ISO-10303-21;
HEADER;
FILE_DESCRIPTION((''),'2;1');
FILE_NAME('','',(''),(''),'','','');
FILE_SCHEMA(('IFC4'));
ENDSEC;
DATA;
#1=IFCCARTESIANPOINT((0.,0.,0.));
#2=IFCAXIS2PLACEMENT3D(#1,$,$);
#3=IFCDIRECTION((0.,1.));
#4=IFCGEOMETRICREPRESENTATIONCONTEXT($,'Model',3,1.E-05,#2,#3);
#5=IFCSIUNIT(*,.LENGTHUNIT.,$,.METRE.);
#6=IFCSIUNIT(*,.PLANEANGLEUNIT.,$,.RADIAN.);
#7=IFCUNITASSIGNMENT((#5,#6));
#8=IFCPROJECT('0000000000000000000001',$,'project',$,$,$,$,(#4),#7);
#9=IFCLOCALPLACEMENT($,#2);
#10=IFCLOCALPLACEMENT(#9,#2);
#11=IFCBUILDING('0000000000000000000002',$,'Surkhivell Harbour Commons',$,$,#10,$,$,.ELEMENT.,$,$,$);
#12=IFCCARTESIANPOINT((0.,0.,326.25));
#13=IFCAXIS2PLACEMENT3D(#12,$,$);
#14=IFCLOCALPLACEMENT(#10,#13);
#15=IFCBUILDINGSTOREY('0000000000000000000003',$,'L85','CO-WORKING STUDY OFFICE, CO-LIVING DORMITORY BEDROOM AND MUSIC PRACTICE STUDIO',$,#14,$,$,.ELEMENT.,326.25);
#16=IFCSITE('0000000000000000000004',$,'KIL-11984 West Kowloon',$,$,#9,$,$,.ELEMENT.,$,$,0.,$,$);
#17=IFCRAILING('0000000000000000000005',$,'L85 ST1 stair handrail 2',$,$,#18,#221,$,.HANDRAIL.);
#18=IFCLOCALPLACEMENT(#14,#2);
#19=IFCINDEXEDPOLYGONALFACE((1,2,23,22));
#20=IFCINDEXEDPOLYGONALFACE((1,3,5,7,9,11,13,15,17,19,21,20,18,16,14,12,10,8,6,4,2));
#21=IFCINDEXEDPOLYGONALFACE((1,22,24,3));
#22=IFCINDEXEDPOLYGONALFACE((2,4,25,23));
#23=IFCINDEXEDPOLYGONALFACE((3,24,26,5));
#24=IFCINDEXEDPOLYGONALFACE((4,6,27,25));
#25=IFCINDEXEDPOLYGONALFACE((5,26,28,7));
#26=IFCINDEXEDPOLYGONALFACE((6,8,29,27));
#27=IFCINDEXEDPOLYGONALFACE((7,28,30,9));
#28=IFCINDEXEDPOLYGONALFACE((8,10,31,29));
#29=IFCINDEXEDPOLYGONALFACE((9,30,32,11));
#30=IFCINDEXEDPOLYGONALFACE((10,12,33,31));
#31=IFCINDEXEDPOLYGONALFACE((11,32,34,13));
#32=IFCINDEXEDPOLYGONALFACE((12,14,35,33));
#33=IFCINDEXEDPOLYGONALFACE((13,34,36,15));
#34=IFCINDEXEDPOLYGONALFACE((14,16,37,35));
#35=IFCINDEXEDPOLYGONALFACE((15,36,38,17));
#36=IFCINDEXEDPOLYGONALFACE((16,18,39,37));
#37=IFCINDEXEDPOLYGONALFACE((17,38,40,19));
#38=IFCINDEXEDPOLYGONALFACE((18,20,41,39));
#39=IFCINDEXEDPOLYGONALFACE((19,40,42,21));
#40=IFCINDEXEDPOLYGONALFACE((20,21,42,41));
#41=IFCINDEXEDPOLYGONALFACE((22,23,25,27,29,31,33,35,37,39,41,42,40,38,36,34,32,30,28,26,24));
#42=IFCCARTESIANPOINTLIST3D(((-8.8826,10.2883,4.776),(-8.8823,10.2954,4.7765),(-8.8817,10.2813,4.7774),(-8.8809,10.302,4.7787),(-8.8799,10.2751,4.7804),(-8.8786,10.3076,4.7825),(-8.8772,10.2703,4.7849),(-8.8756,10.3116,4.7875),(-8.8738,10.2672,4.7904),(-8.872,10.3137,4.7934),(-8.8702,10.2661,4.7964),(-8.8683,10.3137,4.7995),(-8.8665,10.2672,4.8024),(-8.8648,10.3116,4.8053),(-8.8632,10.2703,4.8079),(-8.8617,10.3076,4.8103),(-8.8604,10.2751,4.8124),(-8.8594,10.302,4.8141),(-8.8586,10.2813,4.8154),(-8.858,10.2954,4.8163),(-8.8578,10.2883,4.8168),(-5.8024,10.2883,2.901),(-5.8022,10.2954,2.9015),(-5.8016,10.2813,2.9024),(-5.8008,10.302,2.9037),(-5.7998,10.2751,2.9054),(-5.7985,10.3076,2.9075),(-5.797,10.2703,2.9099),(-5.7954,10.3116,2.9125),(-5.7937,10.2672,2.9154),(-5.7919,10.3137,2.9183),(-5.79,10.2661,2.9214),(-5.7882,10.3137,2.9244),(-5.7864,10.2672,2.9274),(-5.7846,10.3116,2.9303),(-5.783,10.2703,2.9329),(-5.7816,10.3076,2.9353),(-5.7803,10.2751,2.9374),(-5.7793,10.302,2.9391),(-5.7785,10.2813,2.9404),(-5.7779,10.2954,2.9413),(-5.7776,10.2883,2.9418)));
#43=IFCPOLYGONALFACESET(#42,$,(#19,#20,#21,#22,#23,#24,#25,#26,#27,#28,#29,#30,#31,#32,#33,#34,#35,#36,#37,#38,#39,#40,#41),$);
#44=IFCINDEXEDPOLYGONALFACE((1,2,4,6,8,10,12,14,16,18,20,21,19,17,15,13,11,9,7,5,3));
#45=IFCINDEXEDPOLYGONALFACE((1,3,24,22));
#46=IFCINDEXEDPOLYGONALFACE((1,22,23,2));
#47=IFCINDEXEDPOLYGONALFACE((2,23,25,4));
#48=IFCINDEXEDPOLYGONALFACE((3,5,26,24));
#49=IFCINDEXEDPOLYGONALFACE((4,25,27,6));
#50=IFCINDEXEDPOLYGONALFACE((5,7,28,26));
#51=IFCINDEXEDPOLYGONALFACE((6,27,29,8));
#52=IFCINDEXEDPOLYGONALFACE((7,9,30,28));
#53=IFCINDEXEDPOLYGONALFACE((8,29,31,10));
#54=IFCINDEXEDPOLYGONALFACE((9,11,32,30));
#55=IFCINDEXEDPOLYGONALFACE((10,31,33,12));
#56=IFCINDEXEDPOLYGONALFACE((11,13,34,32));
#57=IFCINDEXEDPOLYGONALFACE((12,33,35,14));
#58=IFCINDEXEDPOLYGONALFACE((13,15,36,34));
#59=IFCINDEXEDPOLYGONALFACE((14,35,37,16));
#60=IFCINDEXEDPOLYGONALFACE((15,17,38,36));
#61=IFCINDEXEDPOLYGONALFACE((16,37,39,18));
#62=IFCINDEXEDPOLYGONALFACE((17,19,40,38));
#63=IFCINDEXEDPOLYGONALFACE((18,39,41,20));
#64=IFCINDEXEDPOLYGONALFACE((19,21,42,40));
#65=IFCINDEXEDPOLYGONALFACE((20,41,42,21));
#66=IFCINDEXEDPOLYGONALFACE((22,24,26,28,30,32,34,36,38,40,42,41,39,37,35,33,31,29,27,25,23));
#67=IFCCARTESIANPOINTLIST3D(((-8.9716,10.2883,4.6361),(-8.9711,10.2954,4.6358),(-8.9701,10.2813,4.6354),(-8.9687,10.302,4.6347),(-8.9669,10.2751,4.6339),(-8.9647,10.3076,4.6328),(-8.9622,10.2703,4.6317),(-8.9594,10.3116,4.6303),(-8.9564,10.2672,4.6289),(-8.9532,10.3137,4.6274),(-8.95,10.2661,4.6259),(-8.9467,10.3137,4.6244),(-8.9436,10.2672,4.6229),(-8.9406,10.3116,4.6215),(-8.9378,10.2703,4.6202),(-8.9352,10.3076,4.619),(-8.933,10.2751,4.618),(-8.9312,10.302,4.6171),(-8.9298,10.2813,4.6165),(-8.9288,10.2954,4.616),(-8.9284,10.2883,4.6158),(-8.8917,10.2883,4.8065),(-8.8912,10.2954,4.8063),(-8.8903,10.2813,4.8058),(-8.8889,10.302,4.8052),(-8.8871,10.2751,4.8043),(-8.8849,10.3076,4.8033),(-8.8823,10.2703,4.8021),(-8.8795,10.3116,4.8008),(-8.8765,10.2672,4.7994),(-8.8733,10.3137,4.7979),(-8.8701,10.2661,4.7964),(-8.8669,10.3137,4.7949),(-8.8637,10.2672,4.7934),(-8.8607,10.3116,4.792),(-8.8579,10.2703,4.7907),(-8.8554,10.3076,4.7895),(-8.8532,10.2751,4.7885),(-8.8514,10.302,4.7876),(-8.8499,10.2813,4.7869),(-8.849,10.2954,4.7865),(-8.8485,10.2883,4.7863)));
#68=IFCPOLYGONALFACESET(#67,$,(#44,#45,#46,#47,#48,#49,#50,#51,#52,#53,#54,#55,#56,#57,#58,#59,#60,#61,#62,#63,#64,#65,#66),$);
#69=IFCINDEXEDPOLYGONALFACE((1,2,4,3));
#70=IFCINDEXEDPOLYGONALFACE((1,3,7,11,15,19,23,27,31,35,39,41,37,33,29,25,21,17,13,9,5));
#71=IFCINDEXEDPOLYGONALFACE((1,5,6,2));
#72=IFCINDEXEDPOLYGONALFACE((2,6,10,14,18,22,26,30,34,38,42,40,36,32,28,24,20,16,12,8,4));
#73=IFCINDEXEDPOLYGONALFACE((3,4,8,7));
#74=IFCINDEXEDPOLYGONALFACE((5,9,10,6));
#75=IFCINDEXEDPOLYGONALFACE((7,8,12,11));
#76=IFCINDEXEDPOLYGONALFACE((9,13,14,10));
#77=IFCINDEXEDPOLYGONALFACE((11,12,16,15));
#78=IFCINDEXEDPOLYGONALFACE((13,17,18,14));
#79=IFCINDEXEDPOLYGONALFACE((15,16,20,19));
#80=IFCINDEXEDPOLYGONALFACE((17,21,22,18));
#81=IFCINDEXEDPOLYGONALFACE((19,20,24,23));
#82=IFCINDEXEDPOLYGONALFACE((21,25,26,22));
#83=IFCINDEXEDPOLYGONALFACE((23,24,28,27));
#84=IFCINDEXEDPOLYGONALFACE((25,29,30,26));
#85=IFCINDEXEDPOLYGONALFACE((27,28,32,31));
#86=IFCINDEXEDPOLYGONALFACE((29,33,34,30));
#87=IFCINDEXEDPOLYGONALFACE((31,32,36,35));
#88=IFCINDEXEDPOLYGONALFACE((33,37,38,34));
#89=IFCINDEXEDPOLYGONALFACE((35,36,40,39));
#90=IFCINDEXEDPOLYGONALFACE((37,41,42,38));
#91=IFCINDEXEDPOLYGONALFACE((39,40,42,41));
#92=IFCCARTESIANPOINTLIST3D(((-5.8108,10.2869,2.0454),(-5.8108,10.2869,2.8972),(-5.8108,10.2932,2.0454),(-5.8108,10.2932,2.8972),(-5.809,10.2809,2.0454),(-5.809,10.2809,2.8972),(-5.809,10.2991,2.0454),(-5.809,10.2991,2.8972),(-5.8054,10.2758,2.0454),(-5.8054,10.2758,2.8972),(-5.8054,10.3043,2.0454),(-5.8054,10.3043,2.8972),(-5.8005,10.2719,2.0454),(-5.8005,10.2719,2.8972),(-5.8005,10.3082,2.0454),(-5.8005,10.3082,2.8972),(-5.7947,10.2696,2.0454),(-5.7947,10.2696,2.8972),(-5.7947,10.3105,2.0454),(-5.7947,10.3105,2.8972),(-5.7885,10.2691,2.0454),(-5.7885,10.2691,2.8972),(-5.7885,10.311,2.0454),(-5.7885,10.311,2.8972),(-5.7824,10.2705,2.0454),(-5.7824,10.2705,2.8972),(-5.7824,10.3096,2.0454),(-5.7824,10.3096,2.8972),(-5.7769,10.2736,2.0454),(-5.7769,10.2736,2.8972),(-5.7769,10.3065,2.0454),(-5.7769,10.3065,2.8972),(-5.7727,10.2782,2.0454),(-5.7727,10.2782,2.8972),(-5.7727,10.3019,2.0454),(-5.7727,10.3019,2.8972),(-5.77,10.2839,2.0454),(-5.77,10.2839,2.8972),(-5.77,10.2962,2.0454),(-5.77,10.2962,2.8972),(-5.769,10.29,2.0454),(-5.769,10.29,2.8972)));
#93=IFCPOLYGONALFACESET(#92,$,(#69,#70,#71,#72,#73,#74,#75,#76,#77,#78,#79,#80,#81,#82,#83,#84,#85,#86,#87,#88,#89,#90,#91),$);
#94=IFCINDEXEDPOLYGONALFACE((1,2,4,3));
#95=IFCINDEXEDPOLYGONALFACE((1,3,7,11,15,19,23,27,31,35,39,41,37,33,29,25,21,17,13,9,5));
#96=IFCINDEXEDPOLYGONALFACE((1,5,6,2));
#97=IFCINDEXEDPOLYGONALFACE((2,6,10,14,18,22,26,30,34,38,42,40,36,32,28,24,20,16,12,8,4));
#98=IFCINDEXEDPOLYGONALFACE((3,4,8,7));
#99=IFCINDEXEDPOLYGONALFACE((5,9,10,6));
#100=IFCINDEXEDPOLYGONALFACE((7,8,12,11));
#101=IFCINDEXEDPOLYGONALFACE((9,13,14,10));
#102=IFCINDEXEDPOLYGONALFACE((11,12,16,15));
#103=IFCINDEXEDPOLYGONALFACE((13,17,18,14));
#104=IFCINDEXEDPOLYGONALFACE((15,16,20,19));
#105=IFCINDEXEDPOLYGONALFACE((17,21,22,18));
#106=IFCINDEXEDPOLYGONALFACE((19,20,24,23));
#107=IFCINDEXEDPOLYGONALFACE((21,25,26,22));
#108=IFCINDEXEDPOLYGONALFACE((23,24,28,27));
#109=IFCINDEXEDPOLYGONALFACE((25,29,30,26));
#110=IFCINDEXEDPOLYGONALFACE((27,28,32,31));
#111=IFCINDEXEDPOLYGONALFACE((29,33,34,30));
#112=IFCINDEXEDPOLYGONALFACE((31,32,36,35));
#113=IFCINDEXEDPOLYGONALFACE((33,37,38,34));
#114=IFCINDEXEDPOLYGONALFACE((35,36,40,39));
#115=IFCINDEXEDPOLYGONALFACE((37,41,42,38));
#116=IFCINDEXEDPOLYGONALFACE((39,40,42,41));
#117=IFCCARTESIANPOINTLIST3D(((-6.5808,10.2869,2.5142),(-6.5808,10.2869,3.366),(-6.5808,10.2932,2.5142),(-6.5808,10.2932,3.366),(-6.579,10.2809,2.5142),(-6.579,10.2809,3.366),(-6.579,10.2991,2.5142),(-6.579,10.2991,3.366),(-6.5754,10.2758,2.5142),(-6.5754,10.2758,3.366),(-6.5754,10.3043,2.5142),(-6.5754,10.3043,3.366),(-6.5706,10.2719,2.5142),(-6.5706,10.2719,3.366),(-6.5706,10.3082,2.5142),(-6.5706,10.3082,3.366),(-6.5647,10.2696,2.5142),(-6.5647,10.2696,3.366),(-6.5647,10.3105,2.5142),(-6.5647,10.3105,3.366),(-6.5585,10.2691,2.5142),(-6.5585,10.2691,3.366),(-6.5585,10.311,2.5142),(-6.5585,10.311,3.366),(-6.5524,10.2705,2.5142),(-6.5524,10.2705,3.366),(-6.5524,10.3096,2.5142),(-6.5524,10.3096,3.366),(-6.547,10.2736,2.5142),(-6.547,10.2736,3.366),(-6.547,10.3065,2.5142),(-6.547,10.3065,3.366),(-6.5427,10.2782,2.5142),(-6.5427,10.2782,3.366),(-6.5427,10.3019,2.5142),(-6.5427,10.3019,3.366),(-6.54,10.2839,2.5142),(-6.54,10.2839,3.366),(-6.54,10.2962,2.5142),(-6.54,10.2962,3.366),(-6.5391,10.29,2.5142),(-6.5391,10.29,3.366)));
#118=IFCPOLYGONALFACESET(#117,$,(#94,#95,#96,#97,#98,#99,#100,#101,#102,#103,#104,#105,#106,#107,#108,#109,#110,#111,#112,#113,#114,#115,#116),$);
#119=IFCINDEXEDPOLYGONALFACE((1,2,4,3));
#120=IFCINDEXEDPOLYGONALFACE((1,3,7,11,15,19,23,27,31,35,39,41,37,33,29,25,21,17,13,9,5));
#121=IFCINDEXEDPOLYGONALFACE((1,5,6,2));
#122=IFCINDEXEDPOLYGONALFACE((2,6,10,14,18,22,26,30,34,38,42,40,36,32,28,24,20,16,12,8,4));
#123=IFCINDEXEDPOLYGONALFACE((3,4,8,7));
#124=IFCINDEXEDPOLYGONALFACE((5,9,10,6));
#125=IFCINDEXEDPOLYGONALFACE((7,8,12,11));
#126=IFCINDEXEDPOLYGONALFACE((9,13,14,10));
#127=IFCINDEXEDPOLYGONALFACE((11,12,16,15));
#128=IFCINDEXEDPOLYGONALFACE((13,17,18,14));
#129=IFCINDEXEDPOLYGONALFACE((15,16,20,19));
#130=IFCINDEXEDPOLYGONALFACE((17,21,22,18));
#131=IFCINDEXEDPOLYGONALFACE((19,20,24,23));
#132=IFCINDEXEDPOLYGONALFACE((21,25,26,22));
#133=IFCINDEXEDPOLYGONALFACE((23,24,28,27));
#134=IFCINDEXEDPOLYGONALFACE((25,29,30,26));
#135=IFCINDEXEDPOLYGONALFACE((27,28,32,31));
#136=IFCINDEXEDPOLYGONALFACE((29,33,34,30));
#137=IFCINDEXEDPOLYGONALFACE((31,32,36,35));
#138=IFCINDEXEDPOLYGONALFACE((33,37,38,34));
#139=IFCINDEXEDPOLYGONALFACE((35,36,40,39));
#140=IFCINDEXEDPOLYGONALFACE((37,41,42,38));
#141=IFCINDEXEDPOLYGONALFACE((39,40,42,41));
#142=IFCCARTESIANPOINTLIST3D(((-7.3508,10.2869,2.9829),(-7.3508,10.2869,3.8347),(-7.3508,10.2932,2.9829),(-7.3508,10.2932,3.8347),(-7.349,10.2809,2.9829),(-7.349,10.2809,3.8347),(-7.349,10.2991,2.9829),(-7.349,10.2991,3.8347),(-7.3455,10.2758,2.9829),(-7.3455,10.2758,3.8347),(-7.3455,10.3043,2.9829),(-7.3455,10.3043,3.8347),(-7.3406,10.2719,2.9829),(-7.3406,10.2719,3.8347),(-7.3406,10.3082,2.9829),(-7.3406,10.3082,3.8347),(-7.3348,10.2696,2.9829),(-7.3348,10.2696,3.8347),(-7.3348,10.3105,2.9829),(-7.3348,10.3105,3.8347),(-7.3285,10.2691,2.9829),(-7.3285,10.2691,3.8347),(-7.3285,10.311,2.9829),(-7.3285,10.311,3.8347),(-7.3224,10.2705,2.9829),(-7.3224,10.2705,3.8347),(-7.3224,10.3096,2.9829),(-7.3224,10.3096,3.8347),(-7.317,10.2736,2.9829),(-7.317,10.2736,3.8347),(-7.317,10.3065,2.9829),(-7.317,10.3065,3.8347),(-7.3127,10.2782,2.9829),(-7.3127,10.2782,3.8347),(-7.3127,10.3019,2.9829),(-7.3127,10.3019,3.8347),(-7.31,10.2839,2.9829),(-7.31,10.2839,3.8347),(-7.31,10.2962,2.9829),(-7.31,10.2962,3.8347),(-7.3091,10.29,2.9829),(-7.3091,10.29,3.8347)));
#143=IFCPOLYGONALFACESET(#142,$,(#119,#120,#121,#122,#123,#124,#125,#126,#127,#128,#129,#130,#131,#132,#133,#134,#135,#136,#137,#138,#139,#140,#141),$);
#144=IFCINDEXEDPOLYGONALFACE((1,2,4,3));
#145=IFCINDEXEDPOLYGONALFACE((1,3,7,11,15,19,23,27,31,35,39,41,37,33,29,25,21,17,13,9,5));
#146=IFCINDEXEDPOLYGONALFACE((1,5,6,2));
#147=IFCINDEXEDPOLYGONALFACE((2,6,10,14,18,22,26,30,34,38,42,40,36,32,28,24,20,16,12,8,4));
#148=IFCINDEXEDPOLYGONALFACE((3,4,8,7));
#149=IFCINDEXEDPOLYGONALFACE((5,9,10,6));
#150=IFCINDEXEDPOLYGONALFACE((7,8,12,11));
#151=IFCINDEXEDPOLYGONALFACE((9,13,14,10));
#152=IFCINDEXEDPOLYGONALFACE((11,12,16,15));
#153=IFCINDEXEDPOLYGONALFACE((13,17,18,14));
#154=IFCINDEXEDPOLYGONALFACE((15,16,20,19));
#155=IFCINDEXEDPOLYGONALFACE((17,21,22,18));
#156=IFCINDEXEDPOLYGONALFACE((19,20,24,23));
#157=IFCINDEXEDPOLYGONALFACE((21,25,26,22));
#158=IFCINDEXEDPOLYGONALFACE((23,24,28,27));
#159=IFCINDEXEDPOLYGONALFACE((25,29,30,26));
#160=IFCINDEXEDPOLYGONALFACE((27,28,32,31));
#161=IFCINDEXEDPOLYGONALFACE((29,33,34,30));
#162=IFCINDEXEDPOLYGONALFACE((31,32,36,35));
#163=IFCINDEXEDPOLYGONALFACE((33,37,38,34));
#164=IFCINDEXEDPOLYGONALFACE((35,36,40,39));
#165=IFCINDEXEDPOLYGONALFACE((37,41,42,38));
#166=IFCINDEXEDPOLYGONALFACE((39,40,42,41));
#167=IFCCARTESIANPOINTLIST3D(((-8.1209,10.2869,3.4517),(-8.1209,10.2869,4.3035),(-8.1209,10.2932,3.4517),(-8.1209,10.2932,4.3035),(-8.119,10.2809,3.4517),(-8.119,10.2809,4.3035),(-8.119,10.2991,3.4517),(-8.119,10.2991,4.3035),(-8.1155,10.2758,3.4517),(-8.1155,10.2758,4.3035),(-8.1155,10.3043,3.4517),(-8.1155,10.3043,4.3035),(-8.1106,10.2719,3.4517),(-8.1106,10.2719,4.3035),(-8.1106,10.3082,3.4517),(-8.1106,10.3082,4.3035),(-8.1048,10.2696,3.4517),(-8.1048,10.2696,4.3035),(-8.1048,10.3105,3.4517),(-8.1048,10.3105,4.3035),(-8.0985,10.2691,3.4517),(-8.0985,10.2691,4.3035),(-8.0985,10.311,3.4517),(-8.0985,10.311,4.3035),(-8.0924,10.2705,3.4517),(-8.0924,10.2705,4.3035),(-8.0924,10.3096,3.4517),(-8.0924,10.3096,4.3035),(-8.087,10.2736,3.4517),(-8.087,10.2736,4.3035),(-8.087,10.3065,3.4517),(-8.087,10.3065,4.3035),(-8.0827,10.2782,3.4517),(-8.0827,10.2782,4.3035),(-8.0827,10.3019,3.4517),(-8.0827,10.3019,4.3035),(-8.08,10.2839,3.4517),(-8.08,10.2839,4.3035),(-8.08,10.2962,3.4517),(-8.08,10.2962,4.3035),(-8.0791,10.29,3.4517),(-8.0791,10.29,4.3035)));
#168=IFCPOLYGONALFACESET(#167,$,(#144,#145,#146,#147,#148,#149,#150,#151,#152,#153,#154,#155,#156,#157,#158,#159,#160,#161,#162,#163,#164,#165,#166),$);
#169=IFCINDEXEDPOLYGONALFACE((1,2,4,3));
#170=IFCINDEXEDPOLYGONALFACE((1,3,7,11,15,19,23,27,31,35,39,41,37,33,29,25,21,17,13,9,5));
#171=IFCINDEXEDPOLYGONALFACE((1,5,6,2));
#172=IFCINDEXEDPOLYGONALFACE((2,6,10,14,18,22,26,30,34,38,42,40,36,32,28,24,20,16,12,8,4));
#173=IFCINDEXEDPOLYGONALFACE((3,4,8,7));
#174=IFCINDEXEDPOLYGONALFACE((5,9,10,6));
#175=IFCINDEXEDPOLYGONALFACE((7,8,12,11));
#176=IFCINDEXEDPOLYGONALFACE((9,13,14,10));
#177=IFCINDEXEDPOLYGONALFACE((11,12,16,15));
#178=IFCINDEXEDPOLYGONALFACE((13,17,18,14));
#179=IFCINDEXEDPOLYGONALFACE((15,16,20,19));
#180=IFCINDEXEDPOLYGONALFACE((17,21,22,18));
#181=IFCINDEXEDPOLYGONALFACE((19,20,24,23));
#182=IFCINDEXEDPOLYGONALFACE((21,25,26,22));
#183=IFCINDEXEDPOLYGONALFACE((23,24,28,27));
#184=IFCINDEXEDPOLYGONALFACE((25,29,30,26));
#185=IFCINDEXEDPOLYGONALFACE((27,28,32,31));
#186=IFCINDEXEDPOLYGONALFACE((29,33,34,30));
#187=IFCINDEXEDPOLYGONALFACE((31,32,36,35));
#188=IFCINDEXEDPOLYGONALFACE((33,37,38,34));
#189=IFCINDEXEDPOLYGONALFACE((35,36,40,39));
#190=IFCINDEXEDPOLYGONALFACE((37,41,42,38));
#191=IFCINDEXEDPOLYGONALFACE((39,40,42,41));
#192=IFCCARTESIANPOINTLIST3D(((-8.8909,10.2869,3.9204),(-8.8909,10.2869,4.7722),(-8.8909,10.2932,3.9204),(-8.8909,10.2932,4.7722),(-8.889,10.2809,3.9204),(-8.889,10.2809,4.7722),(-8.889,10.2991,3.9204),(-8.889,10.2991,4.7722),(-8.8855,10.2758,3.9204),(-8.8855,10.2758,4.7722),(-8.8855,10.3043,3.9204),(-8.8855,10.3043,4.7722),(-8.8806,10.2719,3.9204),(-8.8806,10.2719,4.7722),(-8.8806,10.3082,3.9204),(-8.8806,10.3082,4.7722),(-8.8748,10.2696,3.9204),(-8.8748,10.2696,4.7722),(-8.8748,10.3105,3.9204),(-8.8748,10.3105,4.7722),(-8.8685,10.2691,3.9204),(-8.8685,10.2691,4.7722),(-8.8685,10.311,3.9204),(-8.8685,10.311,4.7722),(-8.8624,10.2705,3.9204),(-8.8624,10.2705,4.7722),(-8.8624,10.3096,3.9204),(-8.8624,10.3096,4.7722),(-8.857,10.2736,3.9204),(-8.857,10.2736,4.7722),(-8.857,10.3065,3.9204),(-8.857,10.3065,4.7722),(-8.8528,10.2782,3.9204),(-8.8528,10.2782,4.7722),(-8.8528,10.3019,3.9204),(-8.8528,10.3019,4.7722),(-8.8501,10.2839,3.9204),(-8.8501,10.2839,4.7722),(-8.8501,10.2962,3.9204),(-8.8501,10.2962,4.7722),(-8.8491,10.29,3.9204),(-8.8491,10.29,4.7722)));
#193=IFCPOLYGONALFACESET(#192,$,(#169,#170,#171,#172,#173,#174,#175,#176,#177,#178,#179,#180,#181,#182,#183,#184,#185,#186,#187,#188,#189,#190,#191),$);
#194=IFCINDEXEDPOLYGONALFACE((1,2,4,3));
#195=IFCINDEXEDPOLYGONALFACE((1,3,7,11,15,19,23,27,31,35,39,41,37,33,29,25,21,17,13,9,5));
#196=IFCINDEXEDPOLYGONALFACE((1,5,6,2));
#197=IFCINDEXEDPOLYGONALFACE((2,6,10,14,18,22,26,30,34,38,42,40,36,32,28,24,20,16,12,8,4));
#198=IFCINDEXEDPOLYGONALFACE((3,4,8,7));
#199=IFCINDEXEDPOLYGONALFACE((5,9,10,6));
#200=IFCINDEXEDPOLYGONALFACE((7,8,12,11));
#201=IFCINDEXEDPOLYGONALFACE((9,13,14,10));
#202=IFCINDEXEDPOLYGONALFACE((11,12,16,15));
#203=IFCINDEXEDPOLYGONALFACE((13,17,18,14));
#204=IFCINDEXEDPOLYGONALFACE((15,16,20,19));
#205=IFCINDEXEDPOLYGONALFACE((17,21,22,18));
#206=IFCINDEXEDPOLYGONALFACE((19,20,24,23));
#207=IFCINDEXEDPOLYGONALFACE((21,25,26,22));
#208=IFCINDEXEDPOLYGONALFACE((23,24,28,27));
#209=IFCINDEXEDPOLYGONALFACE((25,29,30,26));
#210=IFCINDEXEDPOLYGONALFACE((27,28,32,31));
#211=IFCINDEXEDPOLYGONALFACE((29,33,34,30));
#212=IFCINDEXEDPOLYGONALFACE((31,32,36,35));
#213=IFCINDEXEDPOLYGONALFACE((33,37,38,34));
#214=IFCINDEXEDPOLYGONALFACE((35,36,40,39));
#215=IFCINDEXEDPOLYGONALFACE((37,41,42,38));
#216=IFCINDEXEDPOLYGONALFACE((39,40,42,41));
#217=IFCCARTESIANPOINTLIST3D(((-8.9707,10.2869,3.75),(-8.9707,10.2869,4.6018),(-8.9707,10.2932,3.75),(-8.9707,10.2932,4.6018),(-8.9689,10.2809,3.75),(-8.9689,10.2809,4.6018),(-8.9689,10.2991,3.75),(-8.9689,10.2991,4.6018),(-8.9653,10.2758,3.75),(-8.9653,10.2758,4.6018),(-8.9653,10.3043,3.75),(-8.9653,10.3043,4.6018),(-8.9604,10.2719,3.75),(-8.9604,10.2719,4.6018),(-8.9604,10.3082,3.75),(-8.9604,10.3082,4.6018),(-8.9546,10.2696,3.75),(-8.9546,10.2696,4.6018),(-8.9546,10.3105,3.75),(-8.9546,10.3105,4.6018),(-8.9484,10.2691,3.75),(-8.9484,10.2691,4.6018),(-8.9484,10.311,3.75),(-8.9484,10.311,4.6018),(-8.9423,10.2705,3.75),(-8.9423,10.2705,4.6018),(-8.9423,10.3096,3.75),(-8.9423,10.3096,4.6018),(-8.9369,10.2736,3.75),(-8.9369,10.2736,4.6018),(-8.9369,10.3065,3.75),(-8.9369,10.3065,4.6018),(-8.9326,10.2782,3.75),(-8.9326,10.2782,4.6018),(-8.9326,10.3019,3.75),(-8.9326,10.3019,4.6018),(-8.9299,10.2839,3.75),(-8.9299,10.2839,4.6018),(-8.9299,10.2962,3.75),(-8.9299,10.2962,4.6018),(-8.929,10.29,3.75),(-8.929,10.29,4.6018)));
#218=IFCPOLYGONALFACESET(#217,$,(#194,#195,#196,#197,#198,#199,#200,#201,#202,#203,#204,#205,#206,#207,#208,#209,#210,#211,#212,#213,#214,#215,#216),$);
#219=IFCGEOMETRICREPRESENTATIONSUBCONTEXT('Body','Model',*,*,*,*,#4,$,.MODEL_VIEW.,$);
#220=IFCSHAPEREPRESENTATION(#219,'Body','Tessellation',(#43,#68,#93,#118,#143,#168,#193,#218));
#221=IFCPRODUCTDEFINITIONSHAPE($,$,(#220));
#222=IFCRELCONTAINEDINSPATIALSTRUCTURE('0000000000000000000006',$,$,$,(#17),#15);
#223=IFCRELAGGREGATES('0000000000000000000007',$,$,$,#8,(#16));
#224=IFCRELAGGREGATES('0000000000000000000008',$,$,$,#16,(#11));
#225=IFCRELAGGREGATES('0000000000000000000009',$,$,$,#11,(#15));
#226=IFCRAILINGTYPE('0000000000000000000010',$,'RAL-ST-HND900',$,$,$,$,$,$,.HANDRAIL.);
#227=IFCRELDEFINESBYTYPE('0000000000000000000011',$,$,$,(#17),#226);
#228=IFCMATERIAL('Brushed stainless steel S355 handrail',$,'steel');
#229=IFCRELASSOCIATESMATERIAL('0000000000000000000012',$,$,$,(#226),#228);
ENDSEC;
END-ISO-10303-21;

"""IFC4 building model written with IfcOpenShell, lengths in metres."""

from ifc_helpers import new_model, si_unit, direction, frame, origin, origin_2d, place, context, subcontext, project, spatial, circle, extrude, material, type_object, element, save


model = new_model("IFC4")

# Units and contexts
model_context = context("Model", 3, precision=1e-05, world=origin(), true_north=direction((0.0, 1.0)))
body_context = subcontext(model_context, "Body", "Model", "MODEL_VIEW")
ifc_project = project(units=[si_unit("LENGTHUNIT", "METRE"), si_unit("PLANEANGLEUNIT", "RADIAN")], contexts=[model_context])

# Site, building, storey
site_placement = place(None, origin())
site = spatial("IfcSite", under=ifc_project, at=site_placement, Name="KIL-11984 West Kowloon", CompositionType="ELEMENT", RefElevation=0.0)
building_placement = place(site_placement, origin())
building = spatial("IfcBuilding", under=site, at=building_placement, Name="Surkhivell Harbour Commons", CompositionType="ELEMENT")
storey_placement = place(building_placement, frame((0.0, 0.0, 326.25)))
storey = spatial("IfcBuildingStorey", under=building, at=storey_placement, Name="L85", Description="CO-WORKING STUDY OFFICE, CO-LIVING DORMITORY BEDROOM AND MUSIC PRACTICE STUDIO", CompositionType="ELEMENT", Elevation=326.25)

# Railing
ifc_material_1 = material(Name="Brushed stainless steel S355 handrail", Category="steel")
railing_type_1 = type_object("IfcRailingType", Name="RAL-ST-HND900", PredefinedType="HANDRAIL", material=ifc_material_1)
railing_1_placement = place(storey_placement, frame((-5.79, 10.29, 2.0454)))
element("IfcRailing", 1, at=railing_1_placement, inside=storey, type_object=railing_type_1, Name="L85 ST1 stair handrail 2", PredefinedType="HANDRAIL", context=body_context, shape_type="SweptSolid", body=[
    extrude(circle(Radius=0.0239, at=origin_2d()), frame((0.0, 0.0, 0.876), z_axis=(-0.854178, 0.0, 0.519981), x_axis=(0.0, -1.0, 0.0)), (0.0, 0.0, 1.0), 3.606),
    extrude(circle(Radius=0.0239, at=origin_2d()), frame((-3.0801, 0.0, 2.751), z_axis=(-0.424234, 0.0, -0.905552), x_axis=(0.0, -1.0, 0.0)), (0.0, 0.0, 1.0), 0.1882),
    extrude(circle(Radius=0.021, at=origin_2d()), origin(), (0.0, 0.0, 1.0), 0.8518),
    extrude(circle(Radius=0.021, at=origin_2d()), frame((-0.77, 0.0, 0.4688)), (0.0, 0.0, 1.0), 0.8518),
    extrude(circle(Radius=0.021, at=origin_2d()), frame((-1.54, 0.0, 0.9375)), (0.0, 0.0, 1.0), 0.8518),
    extrude(circle(Radius=0.021, at=origin_2d()), frame((-2.3101, 0.0, 1.4062)), (0.0, 0.0, 1.0), 0.8518),
    extrude(circle(Radius=0.021, at=origin_2d()), frame((-3.0801, 0.0, 1.875)), (0.0, 0.0, 1.0), 0.8518),
    extrude(circle(Radius=0.021, at=origin_2d()), frame((-3.1599, 0.0, 1.7046)), (0.0, 0.0, 1.0), 0.8518),
])

save(model, "model.ifc")
